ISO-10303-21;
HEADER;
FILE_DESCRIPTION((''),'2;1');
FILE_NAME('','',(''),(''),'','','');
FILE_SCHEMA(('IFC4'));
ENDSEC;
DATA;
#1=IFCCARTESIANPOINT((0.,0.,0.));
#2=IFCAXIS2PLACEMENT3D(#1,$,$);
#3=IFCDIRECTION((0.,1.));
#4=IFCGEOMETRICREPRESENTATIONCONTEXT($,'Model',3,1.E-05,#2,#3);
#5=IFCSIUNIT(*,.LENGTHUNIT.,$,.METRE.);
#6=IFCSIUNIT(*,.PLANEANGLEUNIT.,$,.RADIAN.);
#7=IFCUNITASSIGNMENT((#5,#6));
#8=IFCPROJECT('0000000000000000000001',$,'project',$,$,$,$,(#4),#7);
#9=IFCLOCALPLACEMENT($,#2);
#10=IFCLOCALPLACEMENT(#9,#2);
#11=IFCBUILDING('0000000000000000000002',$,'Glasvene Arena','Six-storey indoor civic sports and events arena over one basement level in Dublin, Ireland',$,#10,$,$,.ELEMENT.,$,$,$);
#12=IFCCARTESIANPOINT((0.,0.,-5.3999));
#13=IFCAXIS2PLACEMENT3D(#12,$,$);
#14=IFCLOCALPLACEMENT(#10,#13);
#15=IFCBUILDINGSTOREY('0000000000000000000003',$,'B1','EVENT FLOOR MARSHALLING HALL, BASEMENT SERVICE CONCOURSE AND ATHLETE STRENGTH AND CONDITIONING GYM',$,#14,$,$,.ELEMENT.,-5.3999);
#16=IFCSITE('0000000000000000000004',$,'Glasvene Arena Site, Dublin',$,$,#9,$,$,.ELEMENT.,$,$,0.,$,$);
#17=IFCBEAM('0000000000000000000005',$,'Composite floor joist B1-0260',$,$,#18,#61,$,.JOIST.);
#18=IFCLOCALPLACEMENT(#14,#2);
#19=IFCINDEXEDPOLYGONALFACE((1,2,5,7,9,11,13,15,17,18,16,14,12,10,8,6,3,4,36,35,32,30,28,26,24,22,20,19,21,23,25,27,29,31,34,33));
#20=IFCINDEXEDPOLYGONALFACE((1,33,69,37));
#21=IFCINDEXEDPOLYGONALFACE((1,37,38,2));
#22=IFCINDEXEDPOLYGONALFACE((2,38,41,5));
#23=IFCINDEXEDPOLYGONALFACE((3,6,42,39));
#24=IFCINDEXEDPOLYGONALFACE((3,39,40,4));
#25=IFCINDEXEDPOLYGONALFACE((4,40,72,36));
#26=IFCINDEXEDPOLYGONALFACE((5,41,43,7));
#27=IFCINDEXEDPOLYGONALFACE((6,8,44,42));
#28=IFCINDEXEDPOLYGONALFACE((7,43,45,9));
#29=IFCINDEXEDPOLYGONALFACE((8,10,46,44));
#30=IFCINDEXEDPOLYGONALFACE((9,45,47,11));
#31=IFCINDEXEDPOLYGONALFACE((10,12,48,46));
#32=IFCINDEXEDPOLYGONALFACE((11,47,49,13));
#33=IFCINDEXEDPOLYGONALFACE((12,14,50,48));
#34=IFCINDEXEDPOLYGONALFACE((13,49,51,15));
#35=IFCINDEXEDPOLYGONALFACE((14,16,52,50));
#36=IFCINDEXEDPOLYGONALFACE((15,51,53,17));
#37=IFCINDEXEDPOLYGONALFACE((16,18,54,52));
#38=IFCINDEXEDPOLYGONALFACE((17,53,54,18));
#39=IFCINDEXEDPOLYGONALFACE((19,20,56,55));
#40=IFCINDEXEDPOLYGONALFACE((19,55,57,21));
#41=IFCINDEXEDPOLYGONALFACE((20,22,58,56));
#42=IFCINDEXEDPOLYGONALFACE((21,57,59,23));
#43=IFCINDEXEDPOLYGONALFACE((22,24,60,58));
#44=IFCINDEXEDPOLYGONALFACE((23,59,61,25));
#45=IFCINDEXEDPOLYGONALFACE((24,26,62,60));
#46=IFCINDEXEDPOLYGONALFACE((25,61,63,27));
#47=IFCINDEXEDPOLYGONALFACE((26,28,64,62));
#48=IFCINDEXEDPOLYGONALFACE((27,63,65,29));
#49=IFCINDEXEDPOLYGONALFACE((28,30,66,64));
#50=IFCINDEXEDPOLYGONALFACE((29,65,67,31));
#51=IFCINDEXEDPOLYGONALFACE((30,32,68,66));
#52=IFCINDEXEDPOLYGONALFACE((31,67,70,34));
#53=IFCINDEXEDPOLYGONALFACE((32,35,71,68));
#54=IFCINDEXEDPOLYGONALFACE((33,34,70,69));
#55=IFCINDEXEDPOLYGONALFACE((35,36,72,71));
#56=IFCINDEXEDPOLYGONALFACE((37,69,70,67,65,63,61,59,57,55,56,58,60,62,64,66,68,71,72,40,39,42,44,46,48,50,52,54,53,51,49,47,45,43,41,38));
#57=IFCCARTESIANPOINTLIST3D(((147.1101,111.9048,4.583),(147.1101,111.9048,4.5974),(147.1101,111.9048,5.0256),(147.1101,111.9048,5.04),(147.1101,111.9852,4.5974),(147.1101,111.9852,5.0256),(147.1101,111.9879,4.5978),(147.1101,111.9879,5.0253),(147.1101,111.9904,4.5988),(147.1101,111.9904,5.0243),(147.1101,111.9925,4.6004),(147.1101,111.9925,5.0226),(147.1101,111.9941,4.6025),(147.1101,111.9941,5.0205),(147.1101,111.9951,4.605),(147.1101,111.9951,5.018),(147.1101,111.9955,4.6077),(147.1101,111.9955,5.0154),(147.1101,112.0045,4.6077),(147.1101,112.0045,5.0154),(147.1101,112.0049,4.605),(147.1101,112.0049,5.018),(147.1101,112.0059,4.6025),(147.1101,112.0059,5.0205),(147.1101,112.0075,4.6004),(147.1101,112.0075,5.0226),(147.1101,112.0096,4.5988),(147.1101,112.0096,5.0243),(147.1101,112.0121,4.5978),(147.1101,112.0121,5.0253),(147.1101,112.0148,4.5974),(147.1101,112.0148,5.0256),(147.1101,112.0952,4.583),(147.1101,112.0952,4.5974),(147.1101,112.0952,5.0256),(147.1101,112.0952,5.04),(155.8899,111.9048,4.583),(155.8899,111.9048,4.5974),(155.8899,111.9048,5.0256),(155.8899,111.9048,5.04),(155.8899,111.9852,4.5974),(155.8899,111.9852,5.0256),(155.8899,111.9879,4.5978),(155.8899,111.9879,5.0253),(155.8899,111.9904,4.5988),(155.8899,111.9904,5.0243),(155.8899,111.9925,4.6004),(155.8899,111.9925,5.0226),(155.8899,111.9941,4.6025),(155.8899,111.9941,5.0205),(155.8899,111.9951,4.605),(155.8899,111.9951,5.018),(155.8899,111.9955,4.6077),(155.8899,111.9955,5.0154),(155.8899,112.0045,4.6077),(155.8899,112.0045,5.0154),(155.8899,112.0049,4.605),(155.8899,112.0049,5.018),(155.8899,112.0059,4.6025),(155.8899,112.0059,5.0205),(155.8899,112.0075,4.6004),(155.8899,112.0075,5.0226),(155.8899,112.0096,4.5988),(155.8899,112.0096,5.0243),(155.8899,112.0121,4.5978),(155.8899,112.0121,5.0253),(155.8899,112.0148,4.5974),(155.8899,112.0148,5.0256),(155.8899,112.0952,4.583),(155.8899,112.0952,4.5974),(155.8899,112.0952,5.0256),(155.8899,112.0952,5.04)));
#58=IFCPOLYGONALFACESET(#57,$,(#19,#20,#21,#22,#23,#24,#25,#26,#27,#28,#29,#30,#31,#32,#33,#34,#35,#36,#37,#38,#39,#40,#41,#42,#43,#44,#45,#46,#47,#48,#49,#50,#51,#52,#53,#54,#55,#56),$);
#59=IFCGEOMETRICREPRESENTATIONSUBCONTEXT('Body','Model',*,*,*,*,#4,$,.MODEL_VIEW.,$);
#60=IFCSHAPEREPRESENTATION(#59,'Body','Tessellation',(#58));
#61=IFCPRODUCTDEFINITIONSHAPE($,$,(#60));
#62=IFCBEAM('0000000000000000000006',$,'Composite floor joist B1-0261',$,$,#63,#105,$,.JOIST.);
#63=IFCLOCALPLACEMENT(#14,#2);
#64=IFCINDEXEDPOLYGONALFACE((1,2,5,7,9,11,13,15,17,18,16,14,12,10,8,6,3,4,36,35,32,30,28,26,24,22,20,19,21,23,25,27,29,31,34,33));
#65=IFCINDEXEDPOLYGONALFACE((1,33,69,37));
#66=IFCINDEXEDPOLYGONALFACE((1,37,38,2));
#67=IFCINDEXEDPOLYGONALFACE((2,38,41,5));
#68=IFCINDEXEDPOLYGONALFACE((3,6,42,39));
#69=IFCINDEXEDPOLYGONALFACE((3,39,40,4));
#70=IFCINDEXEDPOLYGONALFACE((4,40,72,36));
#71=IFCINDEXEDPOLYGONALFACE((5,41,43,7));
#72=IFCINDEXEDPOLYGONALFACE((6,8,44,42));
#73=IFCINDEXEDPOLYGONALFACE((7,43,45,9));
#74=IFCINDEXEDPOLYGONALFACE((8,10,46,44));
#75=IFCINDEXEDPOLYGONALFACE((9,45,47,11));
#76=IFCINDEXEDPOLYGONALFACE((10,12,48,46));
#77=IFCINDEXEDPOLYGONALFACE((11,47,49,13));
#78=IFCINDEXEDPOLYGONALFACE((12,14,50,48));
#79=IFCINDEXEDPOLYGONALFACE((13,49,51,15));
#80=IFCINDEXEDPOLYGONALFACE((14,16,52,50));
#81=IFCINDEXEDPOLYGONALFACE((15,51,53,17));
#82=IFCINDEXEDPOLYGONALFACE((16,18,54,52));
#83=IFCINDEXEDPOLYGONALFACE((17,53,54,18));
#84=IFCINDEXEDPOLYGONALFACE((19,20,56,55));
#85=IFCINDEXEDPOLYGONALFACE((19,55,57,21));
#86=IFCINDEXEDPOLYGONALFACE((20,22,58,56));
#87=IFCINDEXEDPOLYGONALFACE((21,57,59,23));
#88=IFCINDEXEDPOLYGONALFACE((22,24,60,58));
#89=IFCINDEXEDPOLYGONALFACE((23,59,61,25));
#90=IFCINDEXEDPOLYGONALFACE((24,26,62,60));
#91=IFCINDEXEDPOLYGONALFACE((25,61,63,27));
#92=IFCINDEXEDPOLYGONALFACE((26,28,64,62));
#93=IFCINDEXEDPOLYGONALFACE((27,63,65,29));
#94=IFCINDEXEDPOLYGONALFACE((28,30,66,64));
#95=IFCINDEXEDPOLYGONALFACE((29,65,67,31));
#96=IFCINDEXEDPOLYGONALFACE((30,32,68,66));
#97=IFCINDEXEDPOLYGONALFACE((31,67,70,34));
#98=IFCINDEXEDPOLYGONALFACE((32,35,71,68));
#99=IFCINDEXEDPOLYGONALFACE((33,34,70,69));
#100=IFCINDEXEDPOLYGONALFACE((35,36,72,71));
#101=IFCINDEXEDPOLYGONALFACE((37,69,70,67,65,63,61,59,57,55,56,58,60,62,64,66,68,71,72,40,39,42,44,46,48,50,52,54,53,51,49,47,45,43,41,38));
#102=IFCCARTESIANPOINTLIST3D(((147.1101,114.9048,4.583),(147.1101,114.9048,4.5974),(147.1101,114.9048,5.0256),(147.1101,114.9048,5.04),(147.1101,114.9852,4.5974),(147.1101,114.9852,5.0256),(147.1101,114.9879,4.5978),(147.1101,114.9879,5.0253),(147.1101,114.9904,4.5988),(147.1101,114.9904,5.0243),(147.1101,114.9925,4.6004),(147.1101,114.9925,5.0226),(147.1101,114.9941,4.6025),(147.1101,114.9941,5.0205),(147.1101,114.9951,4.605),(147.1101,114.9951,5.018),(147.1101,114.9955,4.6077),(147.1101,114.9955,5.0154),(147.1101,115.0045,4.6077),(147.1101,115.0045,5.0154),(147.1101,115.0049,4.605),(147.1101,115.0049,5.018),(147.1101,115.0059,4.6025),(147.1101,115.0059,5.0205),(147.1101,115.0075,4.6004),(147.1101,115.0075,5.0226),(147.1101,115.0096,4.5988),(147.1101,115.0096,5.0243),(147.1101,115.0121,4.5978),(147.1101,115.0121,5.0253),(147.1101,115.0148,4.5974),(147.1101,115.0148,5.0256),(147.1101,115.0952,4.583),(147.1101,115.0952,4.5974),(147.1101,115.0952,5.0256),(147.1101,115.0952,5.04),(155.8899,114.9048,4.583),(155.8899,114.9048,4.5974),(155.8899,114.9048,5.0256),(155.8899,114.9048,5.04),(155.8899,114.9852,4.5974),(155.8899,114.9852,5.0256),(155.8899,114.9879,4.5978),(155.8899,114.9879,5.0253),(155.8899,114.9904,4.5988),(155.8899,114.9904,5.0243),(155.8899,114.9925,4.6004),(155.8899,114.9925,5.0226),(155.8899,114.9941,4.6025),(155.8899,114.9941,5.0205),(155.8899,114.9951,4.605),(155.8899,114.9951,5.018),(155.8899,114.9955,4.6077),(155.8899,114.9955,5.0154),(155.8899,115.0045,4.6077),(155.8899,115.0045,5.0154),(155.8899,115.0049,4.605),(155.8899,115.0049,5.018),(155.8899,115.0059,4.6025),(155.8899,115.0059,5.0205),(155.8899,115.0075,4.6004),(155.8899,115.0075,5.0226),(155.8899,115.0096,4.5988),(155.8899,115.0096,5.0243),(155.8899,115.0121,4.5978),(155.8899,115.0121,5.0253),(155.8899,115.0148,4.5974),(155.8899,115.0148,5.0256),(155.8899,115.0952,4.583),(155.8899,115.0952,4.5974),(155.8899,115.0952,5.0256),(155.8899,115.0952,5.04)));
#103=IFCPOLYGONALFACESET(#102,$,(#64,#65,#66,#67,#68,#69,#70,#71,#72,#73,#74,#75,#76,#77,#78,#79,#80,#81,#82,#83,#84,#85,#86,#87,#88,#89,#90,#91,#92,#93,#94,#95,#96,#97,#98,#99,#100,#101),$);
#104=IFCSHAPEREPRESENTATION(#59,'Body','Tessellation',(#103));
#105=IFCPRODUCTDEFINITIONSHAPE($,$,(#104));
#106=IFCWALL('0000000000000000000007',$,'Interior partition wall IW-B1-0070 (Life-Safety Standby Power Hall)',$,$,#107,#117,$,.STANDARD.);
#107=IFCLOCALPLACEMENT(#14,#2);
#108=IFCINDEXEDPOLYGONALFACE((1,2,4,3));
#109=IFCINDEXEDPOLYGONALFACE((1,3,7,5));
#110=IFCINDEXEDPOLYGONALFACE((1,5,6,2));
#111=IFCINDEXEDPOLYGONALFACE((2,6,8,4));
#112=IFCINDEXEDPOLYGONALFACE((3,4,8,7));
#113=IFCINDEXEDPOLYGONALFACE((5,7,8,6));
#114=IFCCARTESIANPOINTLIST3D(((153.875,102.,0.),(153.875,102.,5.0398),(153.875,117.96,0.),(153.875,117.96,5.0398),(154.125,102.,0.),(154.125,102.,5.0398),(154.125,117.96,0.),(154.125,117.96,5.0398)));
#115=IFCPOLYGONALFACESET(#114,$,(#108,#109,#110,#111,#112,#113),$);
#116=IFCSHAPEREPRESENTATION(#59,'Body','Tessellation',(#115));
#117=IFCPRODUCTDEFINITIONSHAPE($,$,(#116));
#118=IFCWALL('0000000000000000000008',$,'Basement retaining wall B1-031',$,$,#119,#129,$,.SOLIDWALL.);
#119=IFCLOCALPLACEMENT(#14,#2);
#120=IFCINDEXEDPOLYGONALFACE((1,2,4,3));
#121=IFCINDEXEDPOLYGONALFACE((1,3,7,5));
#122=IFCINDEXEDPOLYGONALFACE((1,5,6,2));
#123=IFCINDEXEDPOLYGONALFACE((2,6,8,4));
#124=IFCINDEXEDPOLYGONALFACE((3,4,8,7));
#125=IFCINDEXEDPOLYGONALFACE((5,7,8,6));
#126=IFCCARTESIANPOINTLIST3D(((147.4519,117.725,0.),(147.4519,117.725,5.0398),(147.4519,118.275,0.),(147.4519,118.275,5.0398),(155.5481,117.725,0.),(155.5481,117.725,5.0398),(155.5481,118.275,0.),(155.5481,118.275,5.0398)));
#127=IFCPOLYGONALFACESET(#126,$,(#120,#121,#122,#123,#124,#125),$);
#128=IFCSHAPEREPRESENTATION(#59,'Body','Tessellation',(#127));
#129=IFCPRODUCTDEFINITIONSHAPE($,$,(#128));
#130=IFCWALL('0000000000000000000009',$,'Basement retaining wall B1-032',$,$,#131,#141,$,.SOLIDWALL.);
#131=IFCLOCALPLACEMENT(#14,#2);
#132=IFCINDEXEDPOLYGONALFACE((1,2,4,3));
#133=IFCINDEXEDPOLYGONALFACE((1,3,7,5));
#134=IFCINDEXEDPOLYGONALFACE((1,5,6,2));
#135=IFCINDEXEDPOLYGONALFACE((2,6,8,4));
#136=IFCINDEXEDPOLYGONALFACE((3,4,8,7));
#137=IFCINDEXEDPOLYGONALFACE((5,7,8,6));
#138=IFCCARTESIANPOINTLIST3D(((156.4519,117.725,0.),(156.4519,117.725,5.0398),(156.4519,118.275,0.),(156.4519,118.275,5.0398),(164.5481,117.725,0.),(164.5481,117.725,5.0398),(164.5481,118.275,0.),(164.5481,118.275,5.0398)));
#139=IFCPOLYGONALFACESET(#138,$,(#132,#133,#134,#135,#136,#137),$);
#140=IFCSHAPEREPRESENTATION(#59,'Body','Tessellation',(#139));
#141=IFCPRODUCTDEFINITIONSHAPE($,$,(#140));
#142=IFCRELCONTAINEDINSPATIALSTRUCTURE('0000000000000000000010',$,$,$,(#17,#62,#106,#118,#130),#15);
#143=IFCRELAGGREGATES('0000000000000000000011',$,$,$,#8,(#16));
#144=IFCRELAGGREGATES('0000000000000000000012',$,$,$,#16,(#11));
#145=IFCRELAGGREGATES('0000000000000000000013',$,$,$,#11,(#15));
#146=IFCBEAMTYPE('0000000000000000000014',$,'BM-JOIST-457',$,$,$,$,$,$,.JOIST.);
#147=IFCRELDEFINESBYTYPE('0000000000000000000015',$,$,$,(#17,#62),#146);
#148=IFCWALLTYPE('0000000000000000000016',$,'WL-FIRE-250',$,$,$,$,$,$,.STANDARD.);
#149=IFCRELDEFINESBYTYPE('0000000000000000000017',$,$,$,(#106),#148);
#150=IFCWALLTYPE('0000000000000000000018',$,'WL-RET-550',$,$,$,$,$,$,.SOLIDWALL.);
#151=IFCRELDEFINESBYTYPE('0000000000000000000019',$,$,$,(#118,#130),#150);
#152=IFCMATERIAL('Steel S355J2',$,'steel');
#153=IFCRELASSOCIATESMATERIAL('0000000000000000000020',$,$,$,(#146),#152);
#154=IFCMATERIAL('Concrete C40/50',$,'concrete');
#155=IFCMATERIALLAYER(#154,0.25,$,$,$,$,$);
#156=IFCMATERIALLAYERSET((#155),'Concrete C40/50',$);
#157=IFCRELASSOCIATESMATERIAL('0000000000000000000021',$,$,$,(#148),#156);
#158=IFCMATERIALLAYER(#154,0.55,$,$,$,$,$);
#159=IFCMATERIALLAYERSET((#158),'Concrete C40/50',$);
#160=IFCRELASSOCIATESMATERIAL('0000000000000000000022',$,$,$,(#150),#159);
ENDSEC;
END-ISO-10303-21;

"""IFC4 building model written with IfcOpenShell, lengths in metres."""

from ifc_helpers import new_model, si_unit, direction, frame, frame_2d, origin, origin_2d, place, context, subcontext, project, spatial, rectangle, i_section, extrude, material, layer, layer_set, material_profile, profile_set, type_object, element, save


model = new_model("IFC4")

# Units and contexts
model_context = context("Model", 3, precision=1e-05, world=origin(), true_north=direction((0.0, 1.0)))
body_context = subcontext(model_context, "Body", "Model", "MODEL_VIEW")
ifc_project = project(units=[si_unit("LENGTHUNIT", "METRE"), si_unit("PLANEANGLEUNIT", "RADIAN")], contexts=[model_context])

# Site, building, storey
site_placement = place(None, origin())
site = spatial("IfcSite", under=ifc_project, at=site_placement, Name="Glasvene Arena Site, Dublin", CompositionType="ELEMENT", RefElevation=0.0)
building_placement = place(site_placement, origin())
building = spatial("IfcBuilding", under=site, at=building_placement, Name="Glasvene Arena", Description="Six-storey indoor civic sports and events arena over one basement level in Dublin, Ireland", CompositionType="ELEMENT")
storey_placement = place(building_placement, frame((0.0, 0.0, -5.3999)))
storey = spatial("IfcBuildingStorey", under=building, at=storey_placement, Name="B1", Description="EVENT FLOOR MARSHALLING HALL, BASEMENT SERVICE CONCOURSE AND ATHLETE STRENGTH AND CONDITIONING GYM", CompositionType="ELEMENT", Elevation=-5.3999)

# Shared definitions
ifc_material_1 = material(Name="Concrete C40/50", Category="concrete")

# Beams
ifc_material_2 = material(Name="Steel S355J2", Category="steel")
ifc_material_profile_1 = material_profile(ifc_material_2, i_section(OverallWidth=0.1904, OverallDepth=0.457, WebThickness=0.009, FlangeThickness=0.0144, FilletRadius=0.0103, at=origin_2d()), Name="UKB 457x191x74")
ifc_profile_set_1 = profile_set([ifc_material_profile_1], Name="Steel S355J2")
beam_type_1 = type_object("IfcBeamType", Name="BM-JOIST-457", PredefinedType="JOIST", material=ifc_profile_set_1)
for number, where, z_axis, x_axis, name in (
    (1, (147.1101, 112.0, 4.8115), (1.0, 0.0, 0.0), (0.0, 1.0, 0.0), "Composite floor joist B1-0260"),
    (2, (147.1101, 115.0, 4.8115), (1.0, 0.0, 0.0), (0.0, 1.0, 0.0), "Composite floor joist B1-0261"),
):
    element("IfcBeam", number, at=place(storey_placement, frame(where, z_axis=z_axis, x_axis=x_axis)), inside=storey, type_object=beam_type_1, Name=name, PredefinedType="JOIST", context=body_context, shape_type="SweptSolid", body=[
        extrude(i_section(OverallWidth=0.1904, OverallDepth=0.457, WebThickness=0.009, FlangeThickness=0.0144, FilletRadius=0.0103, at=origin_2d()), origin(), (0.0, 0.0, 1.0), 8.7798),
    ])

# Walls
ifc_layer_1 = layer(ifc_material_1, 0.25)
ifc_layer_set_1 = layer_set([ifc_layer_1], Name="Concrete C40/50")
wall_type_1 = type_object("IfcWallType", Name="WL-FIRE-250", PredefinedType="STANDARD", material=ifc_layer_set_1)
wall_placement = place(storey_placement, frame((154.0, 117.96, 0.0), z_axis=(0.0, 0.0, 1.0), x_axis=(0.0, -1.0, 0.0)))
element("IfcWall", 3, at=wall_placement, inside=storey, type_object=wall_type_1, Name="Interior partition wall IW-B1-0070 (Life-Safety Standby Power Hall)", PredefinedType="STANDARD", context=body_context, shape_type="SweptSolid", body=[
    extrude(rectangle(XDim=15.96, YDim=0.25, at=frame_2d((7.98, 0.0))), origin(), (0.0, 0.0, 1.0), 5.0398),
])
ifc_layer_2 = layer(ifc_material_1, 0.55)
ifc_layer_set_2 = layer_set([ifc_layer_2], Name="Concrete C40/50")
wall_type_2 = type_object("IfcWallType", Name="WL-RET-550", PredefinedType="SOLIDWALL", material=ifc_layer_set_2)
for number, where, z_axis, x_axis, name in (
    (4, (147.4519, 118.0, 0.0), (0.0, 0.0, 1.0), (1.0, 0.0, 0.0), "Basement retaining wall B1-031"),
    (5, (156.4519, 118.0, 0.0), (0.0, 0.0, 1.0), (1.0, 0.0, 0.0), "Basement retaining wall B1-032"),
):
    element("IfcWall", number, at=place(storey_placement, frame(where, z_axis=z_axis, x_axis=x_axis)), inside=storey, type_object=wall_type_2, Name=name, PredefinedType="SOLIDWALL", context=body_context, shape_type="SweptSolid", body=[
        extrude(rectangle(XDim=8.0962, YDim=0.55, at=frame_2d((4.0481, 0.0))), origin(), (0.0, 0.0, 1.0), 5.0398),
    ])

save(model, "model.ifc")
